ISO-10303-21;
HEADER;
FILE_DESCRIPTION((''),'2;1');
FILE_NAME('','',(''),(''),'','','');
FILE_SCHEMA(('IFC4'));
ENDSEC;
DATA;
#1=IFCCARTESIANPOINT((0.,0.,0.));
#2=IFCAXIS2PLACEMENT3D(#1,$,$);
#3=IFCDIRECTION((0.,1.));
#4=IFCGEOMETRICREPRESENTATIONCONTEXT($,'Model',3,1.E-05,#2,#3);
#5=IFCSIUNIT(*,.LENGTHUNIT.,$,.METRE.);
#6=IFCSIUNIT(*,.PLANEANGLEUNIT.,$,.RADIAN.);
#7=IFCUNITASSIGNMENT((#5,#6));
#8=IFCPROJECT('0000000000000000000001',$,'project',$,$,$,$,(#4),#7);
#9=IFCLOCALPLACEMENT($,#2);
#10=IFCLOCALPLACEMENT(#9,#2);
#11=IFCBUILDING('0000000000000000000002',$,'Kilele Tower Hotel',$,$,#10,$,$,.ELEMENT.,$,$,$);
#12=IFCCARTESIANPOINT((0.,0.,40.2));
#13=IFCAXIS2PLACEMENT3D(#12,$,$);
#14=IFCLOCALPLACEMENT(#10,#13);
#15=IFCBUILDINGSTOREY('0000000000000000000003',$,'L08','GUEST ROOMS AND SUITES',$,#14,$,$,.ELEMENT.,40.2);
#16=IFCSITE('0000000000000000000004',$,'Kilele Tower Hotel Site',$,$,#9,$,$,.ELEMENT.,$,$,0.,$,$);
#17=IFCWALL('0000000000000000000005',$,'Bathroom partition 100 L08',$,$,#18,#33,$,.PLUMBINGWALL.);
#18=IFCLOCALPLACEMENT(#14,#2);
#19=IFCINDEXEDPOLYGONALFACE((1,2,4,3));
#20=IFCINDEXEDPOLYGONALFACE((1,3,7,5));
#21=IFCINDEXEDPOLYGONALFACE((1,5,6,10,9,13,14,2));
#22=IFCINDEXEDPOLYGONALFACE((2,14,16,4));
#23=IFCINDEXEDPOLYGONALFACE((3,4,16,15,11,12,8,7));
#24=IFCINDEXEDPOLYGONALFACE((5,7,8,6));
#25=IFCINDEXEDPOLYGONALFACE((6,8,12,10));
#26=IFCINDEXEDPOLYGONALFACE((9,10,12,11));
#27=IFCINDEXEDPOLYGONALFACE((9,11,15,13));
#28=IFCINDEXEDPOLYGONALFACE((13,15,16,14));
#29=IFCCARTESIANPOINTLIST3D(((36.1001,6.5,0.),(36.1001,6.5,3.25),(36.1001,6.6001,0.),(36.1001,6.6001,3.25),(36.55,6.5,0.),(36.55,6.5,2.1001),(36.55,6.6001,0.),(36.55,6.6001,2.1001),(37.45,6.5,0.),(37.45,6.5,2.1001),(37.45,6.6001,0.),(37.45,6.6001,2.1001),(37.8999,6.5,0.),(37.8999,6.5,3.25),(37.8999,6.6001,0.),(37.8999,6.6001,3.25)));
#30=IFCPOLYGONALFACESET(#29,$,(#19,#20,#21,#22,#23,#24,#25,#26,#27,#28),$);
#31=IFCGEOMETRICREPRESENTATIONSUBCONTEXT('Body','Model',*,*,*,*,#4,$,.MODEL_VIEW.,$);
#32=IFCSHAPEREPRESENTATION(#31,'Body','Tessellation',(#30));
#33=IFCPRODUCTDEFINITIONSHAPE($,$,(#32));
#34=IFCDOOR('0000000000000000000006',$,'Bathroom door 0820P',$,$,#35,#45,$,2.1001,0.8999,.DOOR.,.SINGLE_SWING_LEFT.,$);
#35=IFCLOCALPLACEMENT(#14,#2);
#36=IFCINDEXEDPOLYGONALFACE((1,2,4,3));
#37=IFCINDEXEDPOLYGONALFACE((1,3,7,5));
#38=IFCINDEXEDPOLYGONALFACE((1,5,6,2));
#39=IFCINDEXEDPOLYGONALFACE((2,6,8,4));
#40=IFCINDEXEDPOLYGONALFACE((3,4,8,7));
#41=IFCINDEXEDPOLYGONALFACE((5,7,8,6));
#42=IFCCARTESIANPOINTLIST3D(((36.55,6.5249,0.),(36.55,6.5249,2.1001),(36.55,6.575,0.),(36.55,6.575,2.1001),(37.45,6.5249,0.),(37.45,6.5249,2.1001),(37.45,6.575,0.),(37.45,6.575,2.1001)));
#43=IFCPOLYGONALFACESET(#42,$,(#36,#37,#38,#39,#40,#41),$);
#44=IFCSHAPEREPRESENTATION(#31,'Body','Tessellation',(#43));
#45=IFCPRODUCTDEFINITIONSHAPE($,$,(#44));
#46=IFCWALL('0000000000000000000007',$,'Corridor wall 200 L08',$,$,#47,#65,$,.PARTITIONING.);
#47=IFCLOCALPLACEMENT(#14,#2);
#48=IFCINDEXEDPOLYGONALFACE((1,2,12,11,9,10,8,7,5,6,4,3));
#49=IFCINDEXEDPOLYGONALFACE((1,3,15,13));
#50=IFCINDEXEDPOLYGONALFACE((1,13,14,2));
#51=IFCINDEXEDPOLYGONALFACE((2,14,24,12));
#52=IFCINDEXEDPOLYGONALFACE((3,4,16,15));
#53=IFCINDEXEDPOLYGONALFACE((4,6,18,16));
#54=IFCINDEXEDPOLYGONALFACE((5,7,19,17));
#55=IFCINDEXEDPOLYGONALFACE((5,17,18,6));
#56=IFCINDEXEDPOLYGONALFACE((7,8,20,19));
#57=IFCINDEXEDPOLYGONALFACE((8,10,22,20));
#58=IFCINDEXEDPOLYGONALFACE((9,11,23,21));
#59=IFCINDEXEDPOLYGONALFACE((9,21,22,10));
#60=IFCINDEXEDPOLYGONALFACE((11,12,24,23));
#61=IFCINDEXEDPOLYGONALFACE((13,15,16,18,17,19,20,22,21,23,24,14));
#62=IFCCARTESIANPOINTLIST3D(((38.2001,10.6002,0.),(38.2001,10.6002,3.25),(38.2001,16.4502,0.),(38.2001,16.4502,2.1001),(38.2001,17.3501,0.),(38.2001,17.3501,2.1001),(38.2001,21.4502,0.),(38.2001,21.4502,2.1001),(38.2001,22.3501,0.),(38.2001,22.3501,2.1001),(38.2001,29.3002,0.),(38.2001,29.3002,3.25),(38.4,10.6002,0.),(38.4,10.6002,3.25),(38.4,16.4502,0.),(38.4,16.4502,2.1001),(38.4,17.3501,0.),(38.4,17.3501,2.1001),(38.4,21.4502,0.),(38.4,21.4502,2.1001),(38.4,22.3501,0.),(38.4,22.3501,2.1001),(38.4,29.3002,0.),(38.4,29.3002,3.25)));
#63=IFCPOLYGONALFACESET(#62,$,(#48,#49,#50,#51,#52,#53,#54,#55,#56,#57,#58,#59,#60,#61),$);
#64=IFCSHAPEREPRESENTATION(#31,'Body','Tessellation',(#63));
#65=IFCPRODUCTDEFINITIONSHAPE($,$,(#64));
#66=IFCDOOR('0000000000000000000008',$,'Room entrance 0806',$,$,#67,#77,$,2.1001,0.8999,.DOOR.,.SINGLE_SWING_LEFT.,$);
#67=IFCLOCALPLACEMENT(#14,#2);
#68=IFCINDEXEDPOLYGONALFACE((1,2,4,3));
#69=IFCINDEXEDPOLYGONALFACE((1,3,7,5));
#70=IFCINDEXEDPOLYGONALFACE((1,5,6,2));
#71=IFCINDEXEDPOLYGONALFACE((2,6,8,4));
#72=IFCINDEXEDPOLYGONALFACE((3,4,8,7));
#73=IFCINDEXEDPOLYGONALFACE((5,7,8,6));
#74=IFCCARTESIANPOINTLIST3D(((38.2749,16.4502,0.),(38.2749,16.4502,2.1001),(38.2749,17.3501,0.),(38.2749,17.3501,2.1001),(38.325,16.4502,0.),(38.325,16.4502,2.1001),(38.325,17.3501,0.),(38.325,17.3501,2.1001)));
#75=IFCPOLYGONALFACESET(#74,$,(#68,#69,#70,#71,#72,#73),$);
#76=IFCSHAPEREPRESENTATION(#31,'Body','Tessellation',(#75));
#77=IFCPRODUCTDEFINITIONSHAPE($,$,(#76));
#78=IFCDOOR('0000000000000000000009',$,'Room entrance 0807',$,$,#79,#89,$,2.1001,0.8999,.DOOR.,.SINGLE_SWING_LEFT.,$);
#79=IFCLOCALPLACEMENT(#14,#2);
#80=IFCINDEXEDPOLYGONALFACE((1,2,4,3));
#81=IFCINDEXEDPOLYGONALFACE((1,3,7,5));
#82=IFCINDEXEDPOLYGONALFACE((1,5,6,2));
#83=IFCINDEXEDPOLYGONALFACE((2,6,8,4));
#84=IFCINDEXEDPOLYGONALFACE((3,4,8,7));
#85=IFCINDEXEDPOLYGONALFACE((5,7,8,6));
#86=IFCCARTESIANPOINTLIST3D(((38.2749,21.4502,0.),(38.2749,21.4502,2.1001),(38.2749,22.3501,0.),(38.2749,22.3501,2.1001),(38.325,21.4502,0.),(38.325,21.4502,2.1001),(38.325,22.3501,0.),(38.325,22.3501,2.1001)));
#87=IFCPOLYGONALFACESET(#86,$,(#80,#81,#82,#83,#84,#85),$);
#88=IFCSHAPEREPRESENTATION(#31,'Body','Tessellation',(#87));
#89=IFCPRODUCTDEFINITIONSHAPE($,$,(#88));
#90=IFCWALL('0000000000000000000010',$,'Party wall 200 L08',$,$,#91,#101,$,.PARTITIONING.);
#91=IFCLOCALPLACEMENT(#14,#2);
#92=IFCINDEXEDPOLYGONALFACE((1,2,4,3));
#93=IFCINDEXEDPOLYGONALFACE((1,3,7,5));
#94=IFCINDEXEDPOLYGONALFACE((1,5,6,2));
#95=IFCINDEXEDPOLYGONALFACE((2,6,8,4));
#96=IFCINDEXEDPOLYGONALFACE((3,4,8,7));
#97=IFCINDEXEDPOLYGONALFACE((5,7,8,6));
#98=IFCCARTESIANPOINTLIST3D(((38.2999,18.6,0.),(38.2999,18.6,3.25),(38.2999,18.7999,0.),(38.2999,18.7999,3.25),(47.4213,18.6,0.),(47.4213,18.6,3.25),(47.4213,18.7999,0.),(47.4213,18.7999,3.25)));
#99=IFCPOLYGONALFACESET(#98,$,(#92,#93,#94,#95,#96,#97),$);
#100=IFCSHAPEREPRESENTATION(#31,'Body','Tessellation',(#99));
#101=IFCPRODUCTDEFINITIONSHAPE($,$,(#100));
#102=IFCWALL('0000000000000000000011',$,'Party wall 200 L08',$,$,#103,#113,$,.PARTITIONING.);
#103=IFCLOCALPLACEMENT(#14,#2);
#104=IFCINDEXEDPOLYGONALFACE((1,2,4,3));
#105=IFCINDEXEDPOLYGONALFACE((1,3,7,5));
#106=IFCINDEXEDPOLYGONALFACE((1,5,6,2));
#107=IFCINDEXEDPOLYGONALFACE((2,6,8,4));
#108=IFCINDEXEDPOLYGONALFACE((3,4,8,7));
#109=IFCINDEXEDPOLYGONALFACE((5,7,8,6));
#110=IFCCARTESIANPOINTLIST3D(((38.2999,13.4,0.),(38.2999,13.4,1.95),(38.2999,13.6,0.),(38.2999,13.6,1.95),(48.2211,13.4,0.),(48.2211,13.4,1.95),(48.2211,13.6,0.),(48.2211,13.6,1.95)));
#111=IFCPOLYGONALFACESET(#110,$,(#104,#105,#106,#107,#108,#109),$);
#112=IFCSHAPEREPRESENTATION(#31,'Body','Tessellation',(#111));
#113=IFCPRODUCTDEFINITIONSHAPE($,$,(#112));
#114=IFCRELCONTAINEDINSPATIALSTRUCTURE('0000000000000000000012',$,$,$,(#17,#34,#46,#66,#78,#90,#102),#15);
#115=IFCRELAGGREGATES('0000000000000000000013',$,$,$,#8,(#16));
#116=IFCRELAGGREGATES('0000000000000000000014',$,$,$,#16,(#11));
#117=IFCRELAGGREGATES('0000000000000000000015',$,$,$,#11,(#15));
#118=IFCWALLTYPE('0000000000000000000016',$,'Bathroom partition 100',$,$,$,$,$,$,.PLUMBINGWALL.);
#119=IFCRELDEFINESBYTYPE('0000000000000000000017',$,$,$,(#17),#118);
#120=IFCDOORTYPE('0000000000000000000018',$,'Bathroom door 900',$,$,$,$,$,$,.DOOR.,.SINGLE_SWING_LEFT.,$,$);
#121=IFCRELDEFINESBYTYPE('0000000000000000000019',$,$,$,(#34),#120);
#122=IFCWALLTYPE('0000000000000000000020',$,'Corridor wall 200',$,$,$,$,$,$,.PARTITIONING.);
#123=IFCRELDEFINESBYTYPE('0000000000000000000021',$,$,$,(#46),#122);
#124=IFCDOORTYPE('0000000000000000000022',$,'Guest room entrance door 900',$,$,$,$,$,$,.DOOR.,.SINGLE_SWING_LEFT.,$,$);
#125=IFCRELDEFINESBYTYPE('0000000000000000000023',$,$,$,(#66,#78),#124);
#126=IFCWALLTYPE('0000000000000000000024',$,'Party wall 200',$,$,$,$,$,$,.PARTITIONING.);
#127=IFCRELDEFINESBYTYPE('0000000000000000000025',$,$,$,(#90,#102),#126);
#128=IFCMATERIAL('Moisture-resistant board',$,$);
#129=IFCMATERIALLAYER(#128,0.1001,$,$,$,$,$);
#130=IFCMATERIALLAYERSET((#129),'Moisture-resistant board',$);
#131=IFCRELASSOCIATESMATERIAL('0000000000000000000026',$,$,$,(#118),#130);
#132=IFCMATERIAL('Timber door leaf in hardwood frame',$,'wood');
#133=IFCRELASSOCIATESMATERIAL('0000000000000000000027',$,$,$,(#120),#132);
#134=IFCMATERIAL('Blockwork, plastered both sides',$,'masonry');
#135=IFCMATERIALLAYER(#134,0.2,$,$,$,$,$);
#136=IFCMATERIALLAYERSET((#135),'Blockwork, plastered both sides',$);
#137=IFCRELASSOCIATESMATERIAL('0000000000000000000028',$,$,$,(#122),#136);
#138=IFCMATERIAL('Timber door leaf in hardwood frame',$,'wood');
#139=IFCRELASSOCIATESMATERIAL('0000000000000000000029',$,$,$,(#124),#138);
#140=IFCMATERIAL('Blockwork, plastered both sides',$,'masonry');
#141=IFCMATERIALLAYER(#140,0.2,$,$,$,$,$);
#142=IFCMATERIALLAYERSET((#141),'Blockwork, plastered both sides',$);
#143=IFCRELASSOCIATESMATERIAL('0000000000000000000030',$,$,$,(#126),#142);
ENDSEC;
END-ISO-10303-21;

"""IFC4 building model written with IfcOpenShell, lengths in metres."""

from ifc_helpers import new_model, si_unit, direction, frame, frame_2d, origin, place, context, subcontext, project, spatial, rectangle, extrude, material, layer, layer_set, type_object, element, fill, save


model = new_model("IFC4")

# Units and contexts
model_context = context("Model", 3, precision=1e-05, world=origin(), true_north=direction((0.0, 1.0)))
body_context = subcontext(model_context, "Body", "Model", "MODEL_VIEW")
ifc_project = project(units=[si_unit("LENGTHUNIT", "METRE"), si_unit("PLANEANGLEUNIT", "RADIAN")], contexts=[model_context])

# Site, building, storey
site_placement = place(None, origin())
site = spatial("IfcSite", under=ifc_project, at=site_placement, Name="Kilele Tower Hotel Site", CompositionType="ELEMENT", RefElevation=0.0)
building_placement = place(site_placement, origin())
building = spatial("IfcBuilding", under=site, at=building_placement, Name="Kilele Tower Hotel", CompositionType="ELEMENT")
storey_placement = place(building_placement, frame((0.0, 0.0, 40.2)))
storey = spatial("IfcBuildingStorey", under=building, at=storey_placement, Name="L08", Description="GUEST ROOMS AND SUITES", CompositionType="ELEMENT", Elevation=40.2)

# Shared definitions
ifc_material_1 = material(Name="Moisture-resistant board")
ifc_layer_1 = layer(ifc_material_1, 0.1001)
ifc_layer_set_1 = layer_set([ifc_layer_1], Name="Moisture-resistant board")
wall_type_1 = type_object("IfcWallType", Name="Bathroom partition 100", PredefinedType="PLUMBINGWALL", material=ifc_layer_set_1)

# Shared definitions
ifc_material_2 = material(Name="Timber door leaf in hardwood frame", Category="wood")
door_type_1 = type_object("IfcDoorType", Name="Bathroom door 900", OperationType="SINGLE_SWING_LEFT", PredefinedType="DOOR", material=ifc_material_2)

# Wall, opening, door
wall_1_placement = place(storey_placement, frame((36.1001, 6.55, 0.0), z_axis=(0.0, 0.0, 1.0), x_axis=(1.0, 0.0, 0.0)))
wall_1 = element("IfcWall", 1, at=wall_1_placement, inside=storey, type_object=wall_type_1, Name="Bathroom partition 100 L08", PredefinedType="PLUMBINGWALL", context=body_context, shape_type="SweptSolid", body=[
    extrude(rectangle(XDim=1.7998, YDim=0.1001, at=frame_2d((0.8999, 0.0))), origin(), (0.0, 0.0, 1.0), 3.25),
])
opening_1_placement = place(wall_1_placement, frame((0.45, 0.0, 0.0)))
opening_1 = element("IfcOpeningElement", 2, at=opening_1_placement, cuts=wall_1, PredefinedType="OPENING", context=body_context, shape_type="SweptSolid", body=[
    extrude(rectangle(XDim=0.8999, YDim=2.1001, at=frame_2d((0.45, 1.05))), frame((0.0, 0.0601, 0.0), z_axis=(0.0, -1.0, 0.0), x_axis=(1.0, 0.0, 0.0)), (0.0, 0.0, 1.0), 0.1201),
])
door_1_placement = place(opening_1_placement, origin())
door_1 = element("IfcDoor", 3, at=door_1_placement, inside=storey, type_object=door_type_1, Name="Bathroom door 0820P", OperationType="SINGLE_SWING_LEFT", OverallHeight=2.1001, OverallWidth=0.8999, PredefinedType="DOOR", context=body_context, shape_type="SweptSolid", body=[
    extrude(rectangle(XDim=0.8999, YDim=2.1001, at=frame_2d((0.45, 1.05))), frame((0.0, 0.0249, 0.0), z_axis=(0.0, -1.0, 0.0), x_axis=(1.0, 0.0, 0.0)), (0.0, 0.0, 1.0), 0.05),
])
fill(opening_1, door_1)

# Wall, openings, doors
ifc_material_3 = material(Name="Blockwork, plastered both sides", Category="masonry")
ifc_layer_2 = layer(ifc_material_3, 0.2)
ifc_layer_set_2 = layer_set([ifc_layer_2], Name="Blockwork, plastered both sides")
wall_type_2 = type_object("IfcWallType", Name="Corridor wall 200", PredefinedType="PARTITIONING", material=ifc_layer_set_2)
wall_2_placement = place(storey_placement, frame((38.3, 10.6001, 0.0), z_axis=(0.0, 0.0, 1.0), x_axis=(0.0, 1.0, 0.0)))
wall_2 = element("IfcWall", 4, at=wall_2_placement, inside=storey, type_object=wall_type_2, Name="Corridor wall 200 L08", PredefinedType="PARTITIONING", context=body_context, shape_type="SweptSolid", body=[
    extrude(rectangle(XDim=18.7, YDim=0.2, at=frame_2d((9.3501, 0.0))), origin(), (0.0, 0.0, 1.0), 3.25),
])
opening_2_placement = place(wall_2_placement, frame((6.75, 0.0, 0.0), z_axis=(0.0, 0.0, 1.0), x_axis=(-1.0, 0.0, 0.0)))
opening_2 = element("IfcOpeningElement", 5, at=opening_2_placement, cuts=wall_2, PredefinedType="OPENING", context=body_context, shape_type="SweptSolid", body=[
    extrude(rectangle(XDim=0.8999, YDim=2.1001, at=frame_2d((0.45, 1.05))), frame((0.0, 0.1099, 0.0), z_axis=(0.0, -1.0, 0.0), x_axis=(1.0, 0.0, 0.0)), (0.0, 0.0, 1.0), 0.22),
])
opening_3_placement = place(wall_2_placement, frame((11.75, 0.0, 0.0), z_axis=(0.0, 0.0, 1.0), x_axis=(-1.0, 0.0, 0.0)))
opening_3 = element("IfcOpeningElement", 6, at=opening_3_placement, cuts=wall_2, PredefinedType="OPENING", context=body_context, shape_type="SweptSolid", body=[
    extrude(rectangle(XDim=0.8999, YDim=2.1001, at=frame_2d((0.45, 1.05))), frame((0.0, 0.1099, 0.0), z_axis=(0.0, -1.0, 0.0), x_axis=(1.0, 0.0, 0.0)), (0.0, 0.0, 1.0), 0.22),
])
ifc_material_4 = material(Name="Timber door leaf in hardwood frame", Category="wood")
door_type_2 = type_object("IfcDoorType", Name="Guest room entrance door 900", OperationType="SINGLE_SWING_LEFT", PredefinedType="DOOR", material=ifc_material_4)
door_2_placement = place(opening_2_placement, origin())
door_2 = element("IfcDoor", 7, at=door_2_placement, inside=storey, type_object=door_type_2, Name="Room entrance 0806", OperationType="SINGLE_SWING_LEFT", OverallHeight=2.1001, OverallWidth=0.8999, PredefinedType="DOOR", context=body_context, shape_type="SweptSolid", body=[
    extrude(rectangle(XDim=0.8999, YDim=2.1001, at=frame_2d((0.45, 1.05))), frame((0.0, 0.0249, 0.0), z_axis=(0.0, -1.0, 0.0), x_axis=(1.0, 0.0, 0.0)), (0.0, 0.0, 1.0), 0.05),
])
fill(opening_2, door_2)
door_3_placement = place(opening_3_placement, origin())
door_3 = element("IfcDoor", 8, at=door_3_placement, inside=storey, type_object=door_type_2, Name="Room entrance 0807", OperationType="SINGLE_SWING_LEFT", OverallHeight=2.1001, OverallWidth=0.8999, PredefinedType="DOOR", context=body_context, shape_type="SweptSolid", body=[
    extrude(rectangle(XDim=0.8999, YDim=2.1001, at=frame_2d((0.45, 1.05))), frame((0.0, 0.0249, 0.0), z_axis=(0.0, -1.0, 0.0), x_axis=(1.0, 0.0, 0.0)), (0.0, 0.0, 1.0), 0.05),
])
fill(opening_3, door_3)

# Walls
ifc_material_5 = material(Name="Blockwork, plastered both sides", Category="masonry")
ifc_layer_3 = layer(ifc_material_5, 0.2)
ifc_layer_set_3 = layer_set([ifc_layer_3], Name="Blockwork, plastered both sides")
wall_type_3 = type_object("IfcWallType", Name="Party wall 200", PredefinedType="PARTITIONING", material=ifc_layer_set_3)
wall_3_placement = place(storey_placement, frame((38.3, 18.7, 0.0), z_axis=(0.0, 0.0, 1.0), x_axis=(1.0, 0.0, 0.0)))
element("IfcWall", 9, at=wall_3_placement, inside=storey, type_object=wall_type_3, Name="Party wall 200 L08", PredefinedType="PARTITIONING", context=body_context, shape_type="SweptSolid", body=[
    extrude(rectangle(XDim=9.1213, YDim=0.2, at=frame_2d((4.5605, 0.0))), origin(), (0.0, 0.0, 1.0), 3.25),
])
wall_4_placement = place(storey_placement, frame((38.3, 13.5, 0.0), z_axis=(0.0, 0.0, 1.0), x_axis=(1.0, 0.0, 0.0)))
element("IfcWall", 10, at=wall_4_placement, inside=storey, type_object=wall_type_3, Name="Party wall 200 L08", PredefinedType="PARTITIONING", context=body_context, shape_type="SweptSolid", body=[
    extrude(rectangle(XDim=9.9211, YDim=0.2, at=frame_2d((4.9604, 0.0))), origin(), (0.0, 0.0, 1.0), 1.95),
])

save(model, "model.ifc")
